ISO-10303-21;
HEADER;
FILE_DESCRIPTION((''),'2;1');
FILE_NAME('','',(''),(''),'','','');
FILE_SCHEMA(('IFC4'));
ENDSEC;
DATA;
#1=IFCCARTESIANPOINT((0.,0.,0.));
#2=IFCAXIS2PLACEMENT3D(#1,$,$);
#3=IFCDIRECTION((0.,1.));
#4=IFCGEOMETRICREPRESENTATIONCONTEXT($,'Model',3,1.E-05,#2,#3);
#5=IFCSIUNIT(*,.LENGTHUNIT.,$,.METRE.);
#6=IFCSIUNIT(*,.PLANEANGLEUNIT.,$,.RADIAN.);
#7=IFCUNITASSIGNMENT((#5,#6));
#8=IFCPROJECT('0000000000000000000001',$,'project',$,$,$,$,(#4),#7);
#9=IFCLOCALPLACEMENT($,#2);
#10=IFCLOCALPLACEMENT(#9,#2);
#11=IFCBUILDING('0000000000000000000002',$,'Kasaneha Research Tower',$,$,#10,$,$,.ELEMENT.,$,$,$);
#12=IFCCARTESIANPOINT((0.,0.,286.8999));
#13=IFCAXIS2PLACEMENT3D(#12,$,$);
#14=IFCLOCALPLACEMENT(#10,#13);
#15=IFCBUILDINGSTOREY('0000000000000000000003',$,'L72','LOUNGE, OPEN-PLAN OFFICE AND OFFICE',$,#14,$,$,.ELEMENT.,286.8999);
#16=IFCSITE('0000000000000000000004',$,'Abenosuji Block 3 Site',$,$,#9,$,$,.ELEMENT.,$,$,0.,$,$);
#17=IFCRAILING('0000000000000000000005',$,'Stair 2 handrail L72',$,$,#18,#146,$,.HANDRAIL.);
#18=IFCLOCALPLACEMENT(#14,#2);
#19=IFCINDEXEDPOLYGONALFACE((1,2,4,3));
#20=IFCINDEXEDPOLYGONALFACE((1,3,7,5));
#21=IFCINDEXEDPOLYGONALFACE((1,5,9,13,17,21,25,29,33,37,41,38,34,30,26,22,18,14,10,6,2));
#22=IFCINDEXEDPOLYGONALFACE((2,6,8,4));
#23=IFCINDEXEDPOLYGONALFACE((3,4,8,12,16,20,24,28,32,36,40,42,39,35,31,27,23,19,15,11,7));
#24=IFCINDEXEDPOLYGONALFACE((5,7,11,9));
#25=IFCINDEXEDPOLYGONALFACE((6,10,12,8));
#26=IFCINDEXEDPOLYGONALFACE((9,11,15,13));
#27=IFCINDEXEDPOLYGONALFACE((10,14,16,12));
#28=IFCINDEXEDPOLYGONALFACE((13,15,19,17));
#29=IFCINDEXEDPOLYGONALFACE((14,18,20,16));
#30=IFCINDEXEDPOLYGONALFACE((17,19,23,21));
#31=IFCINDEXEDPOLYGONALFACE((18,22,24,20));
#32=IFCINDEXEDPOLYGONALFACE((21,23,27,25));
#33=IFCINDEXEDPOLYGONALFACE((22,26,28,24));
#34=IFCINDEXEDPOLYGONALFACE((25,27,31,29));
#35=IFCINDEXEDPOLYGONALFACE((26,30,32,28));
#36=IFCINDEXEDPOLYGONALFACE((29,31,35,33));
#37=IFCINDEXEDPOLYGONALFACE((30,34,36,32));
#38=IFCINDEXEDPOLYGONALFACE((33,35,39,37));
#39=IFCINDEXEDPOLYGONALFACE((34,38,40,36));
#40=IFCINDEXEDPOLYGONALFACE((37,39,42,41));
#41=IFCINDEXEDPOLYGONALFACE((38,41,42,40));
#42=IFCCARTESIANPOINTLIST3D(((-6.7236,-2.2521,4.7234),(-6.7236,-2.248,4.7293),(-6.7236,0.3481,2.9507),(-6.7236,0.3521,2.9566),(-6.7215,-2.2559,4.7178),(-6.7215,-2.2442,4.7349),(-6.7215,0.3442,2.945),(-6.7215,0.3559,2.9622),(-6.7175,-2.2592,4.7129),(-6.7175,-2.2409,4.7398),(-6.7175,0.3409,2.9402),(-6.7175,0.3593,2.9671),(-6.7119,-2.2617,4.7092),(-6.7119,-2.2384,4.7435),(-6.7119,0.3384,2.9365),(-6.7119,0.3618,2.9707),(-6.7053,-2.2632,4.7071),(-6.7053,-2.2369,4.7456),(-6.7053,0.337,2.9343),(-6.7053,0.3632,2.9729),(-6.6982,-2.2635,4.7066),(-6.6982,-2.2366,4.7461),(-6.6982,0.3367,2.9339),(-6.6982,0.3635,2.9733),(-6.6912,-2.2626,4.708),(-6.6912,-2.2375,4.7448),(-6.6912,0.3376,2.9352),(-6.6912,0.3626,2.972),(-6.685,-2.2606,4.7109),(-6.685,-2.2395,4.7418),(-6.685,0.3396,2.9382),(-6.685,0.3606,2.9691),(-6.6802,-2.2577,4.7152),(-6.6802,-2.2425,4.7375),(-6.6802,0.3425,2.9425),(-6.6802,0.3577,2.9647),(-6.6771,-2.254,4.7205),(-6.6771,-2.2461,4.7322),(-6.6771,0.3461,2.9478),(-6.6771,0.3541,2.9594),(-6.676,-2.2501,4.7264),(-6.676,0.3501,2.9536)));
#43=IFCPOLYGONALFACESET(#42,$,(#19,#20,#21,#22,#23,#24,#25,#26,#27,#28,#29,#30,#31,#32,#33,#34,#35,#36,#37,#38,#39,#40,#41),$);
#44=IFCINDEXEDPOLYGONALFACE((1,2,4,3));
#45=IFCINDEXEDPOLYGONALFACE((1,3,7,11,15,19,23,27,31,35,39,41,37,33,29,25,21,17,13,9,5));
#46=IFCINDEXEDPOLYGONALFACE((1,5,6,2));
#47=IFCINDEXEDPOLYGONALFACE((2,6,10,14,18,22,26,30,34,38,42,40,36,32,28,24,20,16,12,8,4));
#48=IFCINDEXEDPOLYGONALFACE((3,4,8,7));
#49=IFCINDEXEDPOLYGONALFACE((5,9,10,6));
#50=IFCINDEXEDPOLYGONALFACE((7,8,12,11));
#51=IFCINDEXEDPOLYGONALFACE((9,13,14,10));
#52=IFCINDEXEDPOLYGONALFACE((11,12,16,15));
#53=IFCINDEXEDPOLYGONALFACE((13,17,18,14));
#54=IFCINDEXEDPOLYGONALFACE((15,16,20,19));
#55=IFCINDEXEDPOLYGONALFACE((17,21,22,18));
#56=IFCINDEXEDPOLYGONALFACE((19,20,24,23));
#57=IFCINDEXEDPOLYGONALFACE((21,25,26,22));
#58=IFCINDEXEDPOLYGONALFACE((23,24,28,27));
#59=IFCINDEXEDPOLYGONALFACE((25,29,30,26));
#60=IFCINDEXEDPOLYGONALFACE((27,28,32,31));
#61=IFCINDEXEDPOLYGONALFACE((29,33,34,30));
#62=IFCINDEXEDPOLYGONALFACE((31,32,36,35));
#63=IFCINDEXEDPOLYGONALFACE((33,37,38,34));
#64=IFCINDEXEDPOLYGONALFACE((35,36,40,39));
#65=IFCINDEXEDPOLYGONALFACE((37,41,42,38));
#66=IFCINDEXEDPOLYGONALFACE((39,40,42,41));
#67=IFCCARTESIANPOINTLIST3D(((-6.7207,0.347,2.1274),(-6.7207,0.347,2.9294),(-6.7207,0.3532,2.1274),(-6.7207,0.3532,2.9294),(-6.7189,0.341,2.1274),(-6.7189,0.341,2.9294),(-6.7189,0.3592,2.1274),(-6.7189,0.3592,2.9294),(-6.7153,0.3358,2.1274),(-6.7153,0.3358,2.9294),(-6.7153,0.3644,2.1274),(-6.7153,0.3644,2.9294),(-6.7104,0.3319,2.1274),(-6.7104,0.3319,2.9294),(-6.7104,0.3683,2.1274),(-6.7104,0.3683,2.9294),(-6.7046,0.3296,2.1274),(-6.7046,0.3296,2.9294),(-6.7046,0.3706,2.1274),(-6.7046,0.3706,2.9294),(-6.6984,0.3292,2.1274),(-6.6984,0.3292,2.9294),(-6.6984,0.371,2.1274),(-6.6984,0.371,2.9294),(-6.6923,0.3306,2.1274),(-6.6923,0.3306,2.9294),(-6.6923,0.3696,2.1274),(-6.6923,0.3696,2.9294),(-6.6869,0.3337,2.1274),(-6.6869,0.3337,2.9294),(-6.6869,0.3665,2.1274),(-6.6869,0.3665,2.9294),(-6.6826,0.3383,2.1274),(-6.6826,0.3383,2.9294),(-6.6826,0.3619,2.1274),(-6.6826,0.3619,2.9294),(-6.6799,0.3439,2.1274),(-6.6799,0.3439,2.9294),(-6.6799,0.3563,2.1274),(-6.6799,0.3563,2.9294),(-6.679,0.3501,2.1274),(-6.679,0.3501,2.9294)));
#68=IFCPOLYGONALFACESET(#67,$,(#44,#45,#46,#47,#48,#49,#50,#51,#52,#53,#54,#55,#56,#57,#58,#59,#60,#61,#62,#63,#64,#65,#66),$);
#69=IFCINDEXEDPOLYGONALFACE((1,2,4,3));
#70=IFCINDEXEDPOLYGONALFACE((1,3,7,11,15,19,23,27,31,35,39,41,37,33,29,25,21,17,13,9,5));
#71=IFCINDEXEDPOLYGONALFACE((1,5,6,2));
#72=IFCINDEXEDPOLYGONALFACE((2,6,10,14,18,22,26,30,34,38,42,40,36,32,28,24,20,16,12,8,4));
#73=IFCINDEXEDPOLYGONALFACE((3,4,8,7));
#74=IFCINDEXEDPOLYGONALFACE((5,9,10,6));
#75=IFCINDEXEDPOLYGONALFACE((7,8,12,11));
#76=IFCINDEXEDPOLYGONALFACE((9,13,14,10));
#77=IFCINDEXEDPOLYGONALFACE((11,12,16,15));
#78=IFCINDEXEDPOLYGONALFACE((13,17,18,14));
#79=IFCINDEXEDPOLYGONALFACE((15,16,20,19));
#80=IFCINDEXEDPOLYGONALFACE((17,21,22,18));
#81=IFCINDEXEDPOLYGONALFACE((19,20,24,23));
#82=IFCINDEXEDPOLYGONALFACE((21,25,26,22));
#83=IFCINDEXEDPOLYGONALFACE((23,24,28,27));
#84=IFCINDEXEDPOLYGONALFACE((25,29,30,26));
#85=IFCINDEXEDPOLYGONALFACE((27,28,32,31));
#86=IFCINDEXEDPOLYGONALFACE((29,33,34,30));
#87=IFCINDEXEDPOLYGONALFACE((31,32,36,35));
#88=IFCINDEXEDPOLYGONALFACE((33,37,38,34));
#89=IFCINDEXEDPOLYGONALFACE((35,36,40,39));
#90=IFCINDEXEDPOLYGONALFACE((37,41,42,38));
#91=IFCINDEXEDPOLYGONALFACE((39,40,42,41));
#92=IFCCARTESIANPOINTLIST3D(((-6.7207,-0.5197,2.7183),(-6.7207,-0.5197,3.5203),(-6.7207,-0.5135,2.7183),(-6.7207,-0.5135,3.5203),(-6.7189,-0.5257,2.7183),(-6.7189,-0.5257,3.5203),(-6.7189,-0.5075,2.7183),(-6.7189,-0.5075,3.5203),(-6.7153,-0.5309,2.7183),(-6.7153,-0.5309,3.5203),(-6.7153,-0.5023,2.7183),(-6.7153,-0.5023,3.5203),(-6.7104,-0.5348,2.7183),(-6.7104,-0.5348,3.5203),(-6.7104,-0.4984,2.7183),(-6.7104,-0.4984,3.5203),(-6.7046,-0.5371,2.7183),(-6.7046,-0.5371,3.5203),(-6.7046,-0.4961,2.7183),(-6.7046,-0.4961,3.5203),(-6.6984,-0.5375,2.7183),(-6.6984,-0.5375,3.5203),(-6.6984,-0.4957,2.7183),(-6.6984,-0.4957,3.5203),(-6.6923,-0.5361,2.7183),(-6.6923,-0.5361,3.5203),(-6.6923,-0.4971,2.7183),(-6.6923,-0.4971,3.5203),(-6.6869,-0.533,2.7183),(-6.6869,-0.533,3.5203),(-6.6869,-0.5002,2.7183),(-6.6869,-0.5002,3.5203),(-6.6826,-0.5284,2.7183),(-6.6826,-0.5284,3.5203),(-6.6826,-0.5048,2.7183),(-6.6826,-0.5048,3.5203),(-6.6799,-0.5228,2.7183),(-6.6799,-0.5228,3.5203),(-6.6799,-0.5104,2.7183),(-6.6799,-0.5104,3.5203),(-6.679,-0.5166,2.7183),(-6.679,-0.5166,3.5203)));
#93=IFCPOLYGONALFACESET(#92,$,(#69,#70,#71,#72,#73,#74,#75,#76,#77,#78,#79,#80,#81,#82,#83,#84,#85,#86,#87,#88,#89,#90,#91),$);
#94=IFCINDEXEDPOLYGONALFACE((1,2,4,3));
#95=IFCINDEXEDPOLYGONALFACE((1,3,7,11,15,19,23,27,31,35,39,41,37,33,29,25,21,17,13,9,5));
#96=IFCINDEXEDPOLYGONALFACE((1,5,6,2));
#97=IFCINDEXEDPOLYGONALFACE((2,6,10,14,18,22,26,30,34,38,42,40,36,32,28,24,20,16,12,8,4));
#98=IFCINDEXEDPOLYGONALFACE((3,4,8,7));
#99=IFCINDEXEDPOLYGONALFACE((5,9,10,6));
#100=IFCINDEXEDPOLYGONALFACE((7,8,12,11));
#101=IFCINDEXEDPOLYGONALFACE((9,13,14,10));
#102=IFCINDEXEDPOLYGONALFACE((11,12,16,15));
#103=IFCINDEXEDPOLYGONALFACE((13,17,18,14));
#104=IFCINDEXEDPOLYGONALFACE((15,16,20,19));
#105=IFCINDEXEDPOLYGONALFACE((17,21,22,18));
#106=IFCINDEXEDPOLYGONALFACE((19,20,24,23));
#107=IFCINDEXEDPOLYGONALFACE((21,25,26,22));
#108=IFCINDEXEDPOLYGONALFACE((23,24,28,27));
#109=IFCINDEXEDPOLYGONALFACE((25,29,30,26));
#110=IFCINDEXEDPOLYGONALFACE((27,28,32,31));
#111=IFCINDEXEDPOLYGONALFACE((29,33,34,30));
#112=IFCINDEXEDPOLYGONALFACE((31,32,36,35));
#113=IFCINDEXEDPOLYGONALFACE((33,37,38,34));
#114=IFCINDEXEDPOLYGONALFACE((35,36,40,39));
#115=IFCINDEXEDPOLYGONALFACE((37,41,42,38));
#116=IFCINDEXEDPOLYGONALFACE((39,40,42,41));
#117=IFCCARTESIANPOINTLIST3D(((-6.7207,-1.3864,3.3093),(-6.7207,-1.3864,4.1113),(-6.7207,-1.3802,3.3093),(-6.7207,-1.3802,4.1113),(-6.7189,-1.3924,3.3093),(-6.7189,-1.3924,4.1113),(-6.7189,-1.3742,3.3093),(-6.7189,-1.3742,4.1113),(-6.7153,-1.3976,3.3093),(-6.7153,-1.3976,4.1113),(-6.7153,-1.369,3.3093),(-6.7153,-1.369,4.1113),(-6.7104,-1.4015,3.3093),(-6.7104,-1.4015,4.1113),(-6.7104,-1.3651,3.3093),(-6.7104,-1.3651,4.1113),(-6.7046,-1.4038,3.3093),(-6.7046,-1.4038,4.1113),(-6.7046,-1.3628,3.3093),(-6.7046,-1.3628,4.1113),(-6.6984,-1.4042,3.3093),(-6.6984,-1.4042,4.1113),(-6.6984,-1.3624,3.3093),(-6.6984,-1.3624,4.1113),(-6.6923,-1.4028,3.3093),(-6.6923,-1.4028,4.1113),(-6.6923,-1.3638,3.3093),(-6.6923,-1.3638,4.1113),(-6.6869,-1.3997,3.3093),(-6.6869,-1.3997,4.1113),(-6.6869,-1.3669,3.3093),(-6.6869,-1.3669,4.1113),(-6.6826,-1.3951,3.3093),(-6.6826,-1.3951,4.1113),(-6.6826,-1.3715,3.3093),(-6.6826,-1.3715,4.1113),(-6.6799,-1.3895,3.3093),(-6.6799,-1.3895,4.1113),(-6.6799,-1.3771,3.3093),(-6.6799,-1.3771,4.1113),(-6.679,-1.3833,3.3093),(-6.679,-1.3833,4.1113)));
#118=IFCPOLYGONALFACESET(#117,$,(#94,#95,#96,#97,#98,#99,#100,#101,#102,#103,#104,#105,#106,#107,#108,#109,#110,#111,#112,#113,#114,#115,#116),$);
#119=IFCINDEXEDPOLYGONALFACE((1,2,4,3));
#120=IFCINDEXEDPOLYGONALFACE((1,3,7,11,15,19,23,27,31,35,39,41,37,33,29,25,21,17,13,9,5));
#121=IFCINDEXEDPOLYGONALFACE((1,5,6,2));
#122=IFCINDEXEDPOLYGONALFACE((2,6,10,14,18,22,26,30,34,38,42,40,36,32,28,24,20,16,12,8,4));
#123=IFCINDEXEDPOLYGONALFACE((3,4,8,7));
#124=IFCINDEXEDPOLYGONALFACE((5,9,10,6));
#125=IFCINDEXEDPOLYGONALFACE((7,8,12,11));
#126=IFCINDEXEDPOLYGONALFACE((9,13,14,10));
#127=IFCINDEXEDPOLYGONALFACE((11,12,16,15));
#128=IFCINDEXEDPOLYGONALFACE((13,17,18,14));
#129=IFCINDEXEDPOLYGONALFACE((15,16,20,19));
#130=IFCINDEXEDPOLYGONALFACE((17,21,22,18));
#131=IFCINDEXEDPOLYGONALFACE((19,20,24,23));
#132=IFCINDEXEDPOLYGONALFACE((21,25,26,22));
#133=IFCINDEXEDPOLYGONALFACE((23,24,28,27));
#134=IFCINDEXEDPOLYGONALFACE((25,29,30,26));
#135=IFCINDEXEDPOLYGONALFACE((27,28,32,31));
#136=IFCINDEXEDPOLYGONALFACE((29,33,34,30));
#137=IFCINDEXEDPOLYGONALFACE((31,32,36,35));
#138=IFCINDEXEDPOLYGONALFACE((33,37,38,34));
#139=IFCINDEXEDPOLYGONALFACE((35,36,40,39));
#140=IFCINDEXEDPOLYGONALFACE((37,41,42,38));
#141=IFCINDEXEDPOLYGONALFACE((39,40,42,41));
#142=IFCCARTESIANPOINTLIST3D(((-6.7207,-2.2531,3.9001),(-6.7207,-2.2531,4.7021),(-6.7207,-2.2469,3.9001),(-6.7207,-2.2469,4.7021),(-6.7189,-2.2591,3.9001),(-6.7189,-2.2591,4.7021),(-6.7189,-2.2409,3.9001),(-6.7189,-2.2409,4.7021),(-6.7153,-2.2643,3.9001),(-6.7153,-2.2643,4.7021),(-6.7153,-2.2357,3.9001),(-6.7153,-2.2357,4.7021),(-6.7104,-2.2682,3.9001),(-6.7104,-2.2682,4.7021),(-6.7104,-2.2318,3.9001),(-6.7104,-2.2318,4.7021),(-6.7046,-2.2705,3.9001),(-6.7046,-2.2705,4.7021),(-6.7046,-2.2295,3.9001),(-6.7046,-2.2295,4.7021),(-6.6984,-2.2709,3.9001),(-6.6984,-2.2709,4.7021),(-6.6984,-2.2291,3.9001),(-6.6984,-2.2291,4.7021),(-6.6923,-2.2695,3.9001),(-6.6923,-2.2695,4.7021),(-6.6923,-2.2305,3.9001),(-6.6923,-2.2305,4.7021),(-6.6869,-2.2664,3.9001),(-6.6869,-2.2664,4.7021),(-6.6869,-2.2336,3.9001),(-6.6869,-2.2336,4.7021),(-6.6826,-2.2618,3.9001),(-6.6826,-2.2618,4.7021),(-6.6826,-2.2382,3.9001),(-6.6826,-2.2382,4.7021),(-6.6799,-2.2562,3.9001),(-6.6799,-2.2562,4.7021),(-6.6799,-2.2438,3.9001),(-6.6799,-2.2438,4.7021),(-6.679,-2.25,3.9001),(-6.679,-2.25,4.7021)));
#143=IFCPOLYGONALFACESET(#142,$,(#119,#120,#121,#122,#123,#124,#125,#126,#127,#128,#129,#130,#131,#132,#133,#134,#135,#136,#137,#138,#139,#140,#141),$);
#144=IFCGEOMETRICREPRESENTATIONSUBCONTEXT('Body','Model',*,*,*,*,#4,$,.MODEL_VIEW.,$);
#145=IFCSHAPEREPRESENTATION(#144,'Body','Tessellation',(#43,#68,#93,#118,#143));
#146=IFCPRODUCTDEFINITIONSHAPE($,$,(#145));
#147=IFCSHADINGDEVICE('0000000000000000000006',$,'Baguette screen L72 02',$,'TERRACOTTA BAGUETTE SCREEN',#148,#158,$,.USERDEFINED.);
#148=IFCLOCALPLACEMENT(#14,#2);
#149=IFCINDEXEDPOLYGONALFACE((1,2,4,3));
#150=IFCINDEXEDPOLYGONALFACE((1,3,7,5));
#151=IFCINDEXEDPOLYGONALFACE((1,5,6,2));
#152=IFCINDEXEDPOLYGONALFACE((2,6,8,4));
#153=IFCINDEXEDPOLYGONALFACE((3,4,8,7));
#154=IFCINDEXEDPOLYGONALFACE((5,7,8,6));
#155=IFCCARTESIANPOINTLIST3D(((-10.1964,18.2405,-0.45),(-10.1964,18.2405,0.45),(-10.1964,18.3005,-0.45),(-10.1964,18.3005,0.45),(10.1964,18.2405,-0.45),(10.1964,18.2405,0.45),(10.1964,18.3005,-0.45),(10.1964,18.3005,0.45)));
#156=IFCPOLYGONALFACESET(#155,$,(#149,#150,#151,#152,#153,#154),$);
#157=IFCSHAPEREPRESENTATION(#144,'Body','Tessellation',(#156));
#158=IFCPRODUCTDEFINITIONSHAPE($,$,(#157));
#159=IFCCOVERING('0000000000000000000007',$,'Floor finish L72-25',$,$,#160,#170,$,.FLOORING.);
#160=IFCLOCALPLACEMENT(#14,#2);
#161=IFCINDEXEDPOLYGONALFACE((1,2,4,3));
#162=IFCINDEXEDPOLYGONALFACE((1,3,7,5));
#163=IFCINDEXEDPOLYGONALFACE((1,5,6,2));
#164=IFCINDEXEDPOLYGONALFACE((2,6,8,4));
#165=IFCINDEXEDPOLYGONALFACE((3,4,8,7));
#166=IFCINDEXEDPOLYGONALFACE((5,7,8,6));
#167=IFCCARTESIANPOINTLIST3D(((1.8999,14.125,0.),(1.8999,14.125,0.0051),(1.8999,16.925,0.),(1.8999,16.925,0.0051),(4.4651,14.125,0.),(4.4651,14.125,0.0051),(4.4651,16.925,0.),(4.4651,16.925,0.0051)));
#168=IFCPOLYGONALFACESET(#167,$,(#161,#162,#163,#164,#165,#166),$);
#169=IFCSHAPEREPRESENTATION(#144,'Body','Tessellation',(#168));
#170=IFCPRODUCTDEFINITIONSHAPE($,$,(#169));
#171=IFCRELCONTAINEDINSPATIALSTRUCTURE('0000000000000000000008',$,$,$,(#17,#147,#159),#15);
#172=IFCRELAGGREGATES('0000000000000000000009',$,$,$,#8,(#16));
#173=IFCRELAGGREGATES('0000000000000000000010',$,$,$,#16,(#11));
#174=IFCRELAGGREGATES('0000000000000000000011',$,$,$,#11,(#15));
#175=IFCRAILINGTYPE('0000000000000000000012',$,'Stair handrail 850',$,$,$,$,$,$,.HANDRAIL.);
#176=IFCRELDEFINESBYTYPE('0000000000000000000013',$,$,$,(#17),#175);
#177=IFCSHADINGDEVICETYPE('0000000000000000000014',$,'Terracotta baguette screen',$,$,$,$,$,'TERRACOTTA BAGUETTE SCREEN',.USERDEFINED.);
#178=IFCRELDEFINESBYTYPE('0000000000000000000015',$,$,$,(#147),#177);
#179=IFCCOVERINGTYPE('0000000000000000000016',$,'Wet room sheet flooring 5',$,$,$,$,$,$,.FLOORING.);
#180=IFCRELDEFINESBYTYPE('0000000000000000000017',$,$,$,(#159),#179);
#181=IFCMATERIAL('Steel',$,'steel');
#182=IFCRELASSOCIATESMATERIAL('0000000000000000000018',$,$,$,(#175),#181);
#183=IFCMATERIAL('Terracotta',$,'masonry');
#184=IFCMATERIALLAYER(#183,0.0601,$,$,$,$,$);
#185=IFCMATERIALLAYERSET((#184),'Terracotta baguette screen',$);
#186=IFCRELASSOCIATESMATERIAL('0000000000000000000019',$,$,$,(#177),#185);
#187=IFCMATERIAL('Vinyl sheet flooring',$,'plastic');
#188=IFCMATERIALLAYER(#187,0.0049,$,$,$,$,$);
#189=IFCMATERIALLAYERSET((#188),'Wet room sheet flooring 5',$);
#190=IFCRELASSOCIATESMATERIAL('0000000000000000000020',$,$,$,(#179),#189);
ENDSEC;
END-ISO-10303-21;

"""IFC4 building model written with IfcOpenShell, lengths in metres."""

from ifc_helpers import new_model, si_unit, direction, frame, origin, origin_2d, place, context, subcontext, project, spatial, polyline, rectangle, circle, outline, extrude, material, layer, layer_set, type_object, element, save


model = new_model("IFC4")

# Units and contexts
model_context = context("Model", 3, precision=1e-05, world=origin(), true_north=direction((0.0, 1.0)))
body_context = subcontext(model_context, "Body", "Model", "MODEL_VIEW")
ifc_project = project(units=[si_unit("LENGTHUNIT", "METRE"), si_unit("PLANEANGLEUNIT", "RADIAN")], contexts=[model_context])

# Site, building, storey
site_placement = place(None, origin())
site = spatial("IfcSite", under=ifc_project, at=site_placement, Name="Abenosuji Block 3 Site", CompositionType="ELEMENT", RefElevation=0.0)
building_placement = place(site_placement, origin())
building = spatial("IfcBuilding", under=site, at=building_placement, Name="Kasaneha Research Tower", CompositionType="ELEMENT")
storey_placement = place(building_placement, frame((0.0, 0.0, 286.8999)))
storey = spatial("IfcBuildingStorey", under=building, at=storey_placement, Name="L72", Description="LOUNGE, OPEN-PLAN OFFICE AND OFFICE", CompositionType="ELEMENT", Elevation=286.8999)

# Railing
ifc_material_1 = material(Name="Steel", Category="steel")
railing_type = type_object("IfcRailingType", Name="Stair handrail 850", PredefinedType="HANDRAIL", material=ifc_material_1)
railing_placement = place(storey_placement, frame((-6.7, 0.3501, 2.1274)))
element("IfcRailing", 1, at=railing_placement, inside=storey, type_object=railing_type, Name="Stair 2 handrail L72", PredefinedType="HANDRAIL", context=body_context, shape_type="SweptSolid", body=[
    extrude(circle(Radius=0.0239, at=origin_2d()), frame((0.0, 0.0, 0.8262), z_axis=(0.0, -0.82624, 0.563318), x_axis=(1.0, 0.0, 0.0)), (0.0, 0.0, 1.0), 3.147),
    extrude(circle(Radius=0.021, at=origin_2d()), origin(), (0.0, 0.0, 1.0), 0.802),
    extrude(circle(Radius=0.021, at=origin_2d()), frame((0.0, -0.8667, 0.5908)), (0.0, 0.0, 1.0), 0.802),
    extrude(circle(Radius=0.021, at=origin_2d()), frame((0.0, -1.7334, 1.1819)), (0.0, 0.0, 1.0), 0.802),
    extrude(circle(Radius=0.021, at=origin_2d()), frame((0.0, -2.6001, 1.7727)), (0.0, 0.0, 1.0), 0.802),
])

# Shading device
ifc_material_2 = material(Name="Terracotta", Category="masonry")
ifc_layer_1 = layer(ifc_material_2, 0.0601)
ifc_layer_set_1 = layer_set([ifc_layer_1], Name="Terracotta baguette screen")
shading_device_type = type_object("IfcShadingDeviceType", Name="Terracotta baguette screen", ElementType="TERRACOTTA BAGUETTE SCREEN", PredefinedType="USERDEFINED", material=ifc_layer_set_1)
shading_device_placement = place(storey_placement, frame((0.0, 18.2705, -0.45), z_axis=(0.0, 0.0, 1.0), x_axis=(-1.0, 0.0, 0.0)))
element("IfcShadingDevice", 2, at=shading_device_placement, inside=storey, type_object=shading_device_type, Name="Baguette screen L72 02", ObjectType="TERRACOTTA BAGUETTE SCREEN", PredefinedType="USERDEFINED", context=body_context, shape_type="SweptSolid", body=[
    extrude(rectangle(XDim=20.3928, YDim=0.0601, at=origin_2d()), origin(), (0.0, 0.0, 1.0), 0.8999),
])

# Covering
ifc_material_3 = material(Name="Vinyl sheet flooring", Category="plastic")
ifc_layer_2 = layer(ifc_material_3, 0.0049)
ifc_layer_set_2 = layer_set([ifc_layer_2], Name="Wet room sheet flooring 5")
covering_type = type_object("IfcCoveringType", Name="Wet room sheet flooring 5", PredefinedType="FLOORING", material=ifc_layer_set_2)
covering_placement = place(storey_placement, origin())
element("IfcCovering", 3, at=covering_placement, inside=storey, type_object=covering_type, Name="Floor finish L72-25", PredefinedType="FLOORING", context=body_context, shape_type="SweptSolid", body=[
    extrude(outline(polyline([(1.8999, 16.925), (4.4651, 16.925), (4.4651, 14.125), (1.8999, 14.125), (1.8999, 16.925)])), origin(), (0.0, 0.0, 1.0), 0.0051),
])

save(model, "model.ifc")
